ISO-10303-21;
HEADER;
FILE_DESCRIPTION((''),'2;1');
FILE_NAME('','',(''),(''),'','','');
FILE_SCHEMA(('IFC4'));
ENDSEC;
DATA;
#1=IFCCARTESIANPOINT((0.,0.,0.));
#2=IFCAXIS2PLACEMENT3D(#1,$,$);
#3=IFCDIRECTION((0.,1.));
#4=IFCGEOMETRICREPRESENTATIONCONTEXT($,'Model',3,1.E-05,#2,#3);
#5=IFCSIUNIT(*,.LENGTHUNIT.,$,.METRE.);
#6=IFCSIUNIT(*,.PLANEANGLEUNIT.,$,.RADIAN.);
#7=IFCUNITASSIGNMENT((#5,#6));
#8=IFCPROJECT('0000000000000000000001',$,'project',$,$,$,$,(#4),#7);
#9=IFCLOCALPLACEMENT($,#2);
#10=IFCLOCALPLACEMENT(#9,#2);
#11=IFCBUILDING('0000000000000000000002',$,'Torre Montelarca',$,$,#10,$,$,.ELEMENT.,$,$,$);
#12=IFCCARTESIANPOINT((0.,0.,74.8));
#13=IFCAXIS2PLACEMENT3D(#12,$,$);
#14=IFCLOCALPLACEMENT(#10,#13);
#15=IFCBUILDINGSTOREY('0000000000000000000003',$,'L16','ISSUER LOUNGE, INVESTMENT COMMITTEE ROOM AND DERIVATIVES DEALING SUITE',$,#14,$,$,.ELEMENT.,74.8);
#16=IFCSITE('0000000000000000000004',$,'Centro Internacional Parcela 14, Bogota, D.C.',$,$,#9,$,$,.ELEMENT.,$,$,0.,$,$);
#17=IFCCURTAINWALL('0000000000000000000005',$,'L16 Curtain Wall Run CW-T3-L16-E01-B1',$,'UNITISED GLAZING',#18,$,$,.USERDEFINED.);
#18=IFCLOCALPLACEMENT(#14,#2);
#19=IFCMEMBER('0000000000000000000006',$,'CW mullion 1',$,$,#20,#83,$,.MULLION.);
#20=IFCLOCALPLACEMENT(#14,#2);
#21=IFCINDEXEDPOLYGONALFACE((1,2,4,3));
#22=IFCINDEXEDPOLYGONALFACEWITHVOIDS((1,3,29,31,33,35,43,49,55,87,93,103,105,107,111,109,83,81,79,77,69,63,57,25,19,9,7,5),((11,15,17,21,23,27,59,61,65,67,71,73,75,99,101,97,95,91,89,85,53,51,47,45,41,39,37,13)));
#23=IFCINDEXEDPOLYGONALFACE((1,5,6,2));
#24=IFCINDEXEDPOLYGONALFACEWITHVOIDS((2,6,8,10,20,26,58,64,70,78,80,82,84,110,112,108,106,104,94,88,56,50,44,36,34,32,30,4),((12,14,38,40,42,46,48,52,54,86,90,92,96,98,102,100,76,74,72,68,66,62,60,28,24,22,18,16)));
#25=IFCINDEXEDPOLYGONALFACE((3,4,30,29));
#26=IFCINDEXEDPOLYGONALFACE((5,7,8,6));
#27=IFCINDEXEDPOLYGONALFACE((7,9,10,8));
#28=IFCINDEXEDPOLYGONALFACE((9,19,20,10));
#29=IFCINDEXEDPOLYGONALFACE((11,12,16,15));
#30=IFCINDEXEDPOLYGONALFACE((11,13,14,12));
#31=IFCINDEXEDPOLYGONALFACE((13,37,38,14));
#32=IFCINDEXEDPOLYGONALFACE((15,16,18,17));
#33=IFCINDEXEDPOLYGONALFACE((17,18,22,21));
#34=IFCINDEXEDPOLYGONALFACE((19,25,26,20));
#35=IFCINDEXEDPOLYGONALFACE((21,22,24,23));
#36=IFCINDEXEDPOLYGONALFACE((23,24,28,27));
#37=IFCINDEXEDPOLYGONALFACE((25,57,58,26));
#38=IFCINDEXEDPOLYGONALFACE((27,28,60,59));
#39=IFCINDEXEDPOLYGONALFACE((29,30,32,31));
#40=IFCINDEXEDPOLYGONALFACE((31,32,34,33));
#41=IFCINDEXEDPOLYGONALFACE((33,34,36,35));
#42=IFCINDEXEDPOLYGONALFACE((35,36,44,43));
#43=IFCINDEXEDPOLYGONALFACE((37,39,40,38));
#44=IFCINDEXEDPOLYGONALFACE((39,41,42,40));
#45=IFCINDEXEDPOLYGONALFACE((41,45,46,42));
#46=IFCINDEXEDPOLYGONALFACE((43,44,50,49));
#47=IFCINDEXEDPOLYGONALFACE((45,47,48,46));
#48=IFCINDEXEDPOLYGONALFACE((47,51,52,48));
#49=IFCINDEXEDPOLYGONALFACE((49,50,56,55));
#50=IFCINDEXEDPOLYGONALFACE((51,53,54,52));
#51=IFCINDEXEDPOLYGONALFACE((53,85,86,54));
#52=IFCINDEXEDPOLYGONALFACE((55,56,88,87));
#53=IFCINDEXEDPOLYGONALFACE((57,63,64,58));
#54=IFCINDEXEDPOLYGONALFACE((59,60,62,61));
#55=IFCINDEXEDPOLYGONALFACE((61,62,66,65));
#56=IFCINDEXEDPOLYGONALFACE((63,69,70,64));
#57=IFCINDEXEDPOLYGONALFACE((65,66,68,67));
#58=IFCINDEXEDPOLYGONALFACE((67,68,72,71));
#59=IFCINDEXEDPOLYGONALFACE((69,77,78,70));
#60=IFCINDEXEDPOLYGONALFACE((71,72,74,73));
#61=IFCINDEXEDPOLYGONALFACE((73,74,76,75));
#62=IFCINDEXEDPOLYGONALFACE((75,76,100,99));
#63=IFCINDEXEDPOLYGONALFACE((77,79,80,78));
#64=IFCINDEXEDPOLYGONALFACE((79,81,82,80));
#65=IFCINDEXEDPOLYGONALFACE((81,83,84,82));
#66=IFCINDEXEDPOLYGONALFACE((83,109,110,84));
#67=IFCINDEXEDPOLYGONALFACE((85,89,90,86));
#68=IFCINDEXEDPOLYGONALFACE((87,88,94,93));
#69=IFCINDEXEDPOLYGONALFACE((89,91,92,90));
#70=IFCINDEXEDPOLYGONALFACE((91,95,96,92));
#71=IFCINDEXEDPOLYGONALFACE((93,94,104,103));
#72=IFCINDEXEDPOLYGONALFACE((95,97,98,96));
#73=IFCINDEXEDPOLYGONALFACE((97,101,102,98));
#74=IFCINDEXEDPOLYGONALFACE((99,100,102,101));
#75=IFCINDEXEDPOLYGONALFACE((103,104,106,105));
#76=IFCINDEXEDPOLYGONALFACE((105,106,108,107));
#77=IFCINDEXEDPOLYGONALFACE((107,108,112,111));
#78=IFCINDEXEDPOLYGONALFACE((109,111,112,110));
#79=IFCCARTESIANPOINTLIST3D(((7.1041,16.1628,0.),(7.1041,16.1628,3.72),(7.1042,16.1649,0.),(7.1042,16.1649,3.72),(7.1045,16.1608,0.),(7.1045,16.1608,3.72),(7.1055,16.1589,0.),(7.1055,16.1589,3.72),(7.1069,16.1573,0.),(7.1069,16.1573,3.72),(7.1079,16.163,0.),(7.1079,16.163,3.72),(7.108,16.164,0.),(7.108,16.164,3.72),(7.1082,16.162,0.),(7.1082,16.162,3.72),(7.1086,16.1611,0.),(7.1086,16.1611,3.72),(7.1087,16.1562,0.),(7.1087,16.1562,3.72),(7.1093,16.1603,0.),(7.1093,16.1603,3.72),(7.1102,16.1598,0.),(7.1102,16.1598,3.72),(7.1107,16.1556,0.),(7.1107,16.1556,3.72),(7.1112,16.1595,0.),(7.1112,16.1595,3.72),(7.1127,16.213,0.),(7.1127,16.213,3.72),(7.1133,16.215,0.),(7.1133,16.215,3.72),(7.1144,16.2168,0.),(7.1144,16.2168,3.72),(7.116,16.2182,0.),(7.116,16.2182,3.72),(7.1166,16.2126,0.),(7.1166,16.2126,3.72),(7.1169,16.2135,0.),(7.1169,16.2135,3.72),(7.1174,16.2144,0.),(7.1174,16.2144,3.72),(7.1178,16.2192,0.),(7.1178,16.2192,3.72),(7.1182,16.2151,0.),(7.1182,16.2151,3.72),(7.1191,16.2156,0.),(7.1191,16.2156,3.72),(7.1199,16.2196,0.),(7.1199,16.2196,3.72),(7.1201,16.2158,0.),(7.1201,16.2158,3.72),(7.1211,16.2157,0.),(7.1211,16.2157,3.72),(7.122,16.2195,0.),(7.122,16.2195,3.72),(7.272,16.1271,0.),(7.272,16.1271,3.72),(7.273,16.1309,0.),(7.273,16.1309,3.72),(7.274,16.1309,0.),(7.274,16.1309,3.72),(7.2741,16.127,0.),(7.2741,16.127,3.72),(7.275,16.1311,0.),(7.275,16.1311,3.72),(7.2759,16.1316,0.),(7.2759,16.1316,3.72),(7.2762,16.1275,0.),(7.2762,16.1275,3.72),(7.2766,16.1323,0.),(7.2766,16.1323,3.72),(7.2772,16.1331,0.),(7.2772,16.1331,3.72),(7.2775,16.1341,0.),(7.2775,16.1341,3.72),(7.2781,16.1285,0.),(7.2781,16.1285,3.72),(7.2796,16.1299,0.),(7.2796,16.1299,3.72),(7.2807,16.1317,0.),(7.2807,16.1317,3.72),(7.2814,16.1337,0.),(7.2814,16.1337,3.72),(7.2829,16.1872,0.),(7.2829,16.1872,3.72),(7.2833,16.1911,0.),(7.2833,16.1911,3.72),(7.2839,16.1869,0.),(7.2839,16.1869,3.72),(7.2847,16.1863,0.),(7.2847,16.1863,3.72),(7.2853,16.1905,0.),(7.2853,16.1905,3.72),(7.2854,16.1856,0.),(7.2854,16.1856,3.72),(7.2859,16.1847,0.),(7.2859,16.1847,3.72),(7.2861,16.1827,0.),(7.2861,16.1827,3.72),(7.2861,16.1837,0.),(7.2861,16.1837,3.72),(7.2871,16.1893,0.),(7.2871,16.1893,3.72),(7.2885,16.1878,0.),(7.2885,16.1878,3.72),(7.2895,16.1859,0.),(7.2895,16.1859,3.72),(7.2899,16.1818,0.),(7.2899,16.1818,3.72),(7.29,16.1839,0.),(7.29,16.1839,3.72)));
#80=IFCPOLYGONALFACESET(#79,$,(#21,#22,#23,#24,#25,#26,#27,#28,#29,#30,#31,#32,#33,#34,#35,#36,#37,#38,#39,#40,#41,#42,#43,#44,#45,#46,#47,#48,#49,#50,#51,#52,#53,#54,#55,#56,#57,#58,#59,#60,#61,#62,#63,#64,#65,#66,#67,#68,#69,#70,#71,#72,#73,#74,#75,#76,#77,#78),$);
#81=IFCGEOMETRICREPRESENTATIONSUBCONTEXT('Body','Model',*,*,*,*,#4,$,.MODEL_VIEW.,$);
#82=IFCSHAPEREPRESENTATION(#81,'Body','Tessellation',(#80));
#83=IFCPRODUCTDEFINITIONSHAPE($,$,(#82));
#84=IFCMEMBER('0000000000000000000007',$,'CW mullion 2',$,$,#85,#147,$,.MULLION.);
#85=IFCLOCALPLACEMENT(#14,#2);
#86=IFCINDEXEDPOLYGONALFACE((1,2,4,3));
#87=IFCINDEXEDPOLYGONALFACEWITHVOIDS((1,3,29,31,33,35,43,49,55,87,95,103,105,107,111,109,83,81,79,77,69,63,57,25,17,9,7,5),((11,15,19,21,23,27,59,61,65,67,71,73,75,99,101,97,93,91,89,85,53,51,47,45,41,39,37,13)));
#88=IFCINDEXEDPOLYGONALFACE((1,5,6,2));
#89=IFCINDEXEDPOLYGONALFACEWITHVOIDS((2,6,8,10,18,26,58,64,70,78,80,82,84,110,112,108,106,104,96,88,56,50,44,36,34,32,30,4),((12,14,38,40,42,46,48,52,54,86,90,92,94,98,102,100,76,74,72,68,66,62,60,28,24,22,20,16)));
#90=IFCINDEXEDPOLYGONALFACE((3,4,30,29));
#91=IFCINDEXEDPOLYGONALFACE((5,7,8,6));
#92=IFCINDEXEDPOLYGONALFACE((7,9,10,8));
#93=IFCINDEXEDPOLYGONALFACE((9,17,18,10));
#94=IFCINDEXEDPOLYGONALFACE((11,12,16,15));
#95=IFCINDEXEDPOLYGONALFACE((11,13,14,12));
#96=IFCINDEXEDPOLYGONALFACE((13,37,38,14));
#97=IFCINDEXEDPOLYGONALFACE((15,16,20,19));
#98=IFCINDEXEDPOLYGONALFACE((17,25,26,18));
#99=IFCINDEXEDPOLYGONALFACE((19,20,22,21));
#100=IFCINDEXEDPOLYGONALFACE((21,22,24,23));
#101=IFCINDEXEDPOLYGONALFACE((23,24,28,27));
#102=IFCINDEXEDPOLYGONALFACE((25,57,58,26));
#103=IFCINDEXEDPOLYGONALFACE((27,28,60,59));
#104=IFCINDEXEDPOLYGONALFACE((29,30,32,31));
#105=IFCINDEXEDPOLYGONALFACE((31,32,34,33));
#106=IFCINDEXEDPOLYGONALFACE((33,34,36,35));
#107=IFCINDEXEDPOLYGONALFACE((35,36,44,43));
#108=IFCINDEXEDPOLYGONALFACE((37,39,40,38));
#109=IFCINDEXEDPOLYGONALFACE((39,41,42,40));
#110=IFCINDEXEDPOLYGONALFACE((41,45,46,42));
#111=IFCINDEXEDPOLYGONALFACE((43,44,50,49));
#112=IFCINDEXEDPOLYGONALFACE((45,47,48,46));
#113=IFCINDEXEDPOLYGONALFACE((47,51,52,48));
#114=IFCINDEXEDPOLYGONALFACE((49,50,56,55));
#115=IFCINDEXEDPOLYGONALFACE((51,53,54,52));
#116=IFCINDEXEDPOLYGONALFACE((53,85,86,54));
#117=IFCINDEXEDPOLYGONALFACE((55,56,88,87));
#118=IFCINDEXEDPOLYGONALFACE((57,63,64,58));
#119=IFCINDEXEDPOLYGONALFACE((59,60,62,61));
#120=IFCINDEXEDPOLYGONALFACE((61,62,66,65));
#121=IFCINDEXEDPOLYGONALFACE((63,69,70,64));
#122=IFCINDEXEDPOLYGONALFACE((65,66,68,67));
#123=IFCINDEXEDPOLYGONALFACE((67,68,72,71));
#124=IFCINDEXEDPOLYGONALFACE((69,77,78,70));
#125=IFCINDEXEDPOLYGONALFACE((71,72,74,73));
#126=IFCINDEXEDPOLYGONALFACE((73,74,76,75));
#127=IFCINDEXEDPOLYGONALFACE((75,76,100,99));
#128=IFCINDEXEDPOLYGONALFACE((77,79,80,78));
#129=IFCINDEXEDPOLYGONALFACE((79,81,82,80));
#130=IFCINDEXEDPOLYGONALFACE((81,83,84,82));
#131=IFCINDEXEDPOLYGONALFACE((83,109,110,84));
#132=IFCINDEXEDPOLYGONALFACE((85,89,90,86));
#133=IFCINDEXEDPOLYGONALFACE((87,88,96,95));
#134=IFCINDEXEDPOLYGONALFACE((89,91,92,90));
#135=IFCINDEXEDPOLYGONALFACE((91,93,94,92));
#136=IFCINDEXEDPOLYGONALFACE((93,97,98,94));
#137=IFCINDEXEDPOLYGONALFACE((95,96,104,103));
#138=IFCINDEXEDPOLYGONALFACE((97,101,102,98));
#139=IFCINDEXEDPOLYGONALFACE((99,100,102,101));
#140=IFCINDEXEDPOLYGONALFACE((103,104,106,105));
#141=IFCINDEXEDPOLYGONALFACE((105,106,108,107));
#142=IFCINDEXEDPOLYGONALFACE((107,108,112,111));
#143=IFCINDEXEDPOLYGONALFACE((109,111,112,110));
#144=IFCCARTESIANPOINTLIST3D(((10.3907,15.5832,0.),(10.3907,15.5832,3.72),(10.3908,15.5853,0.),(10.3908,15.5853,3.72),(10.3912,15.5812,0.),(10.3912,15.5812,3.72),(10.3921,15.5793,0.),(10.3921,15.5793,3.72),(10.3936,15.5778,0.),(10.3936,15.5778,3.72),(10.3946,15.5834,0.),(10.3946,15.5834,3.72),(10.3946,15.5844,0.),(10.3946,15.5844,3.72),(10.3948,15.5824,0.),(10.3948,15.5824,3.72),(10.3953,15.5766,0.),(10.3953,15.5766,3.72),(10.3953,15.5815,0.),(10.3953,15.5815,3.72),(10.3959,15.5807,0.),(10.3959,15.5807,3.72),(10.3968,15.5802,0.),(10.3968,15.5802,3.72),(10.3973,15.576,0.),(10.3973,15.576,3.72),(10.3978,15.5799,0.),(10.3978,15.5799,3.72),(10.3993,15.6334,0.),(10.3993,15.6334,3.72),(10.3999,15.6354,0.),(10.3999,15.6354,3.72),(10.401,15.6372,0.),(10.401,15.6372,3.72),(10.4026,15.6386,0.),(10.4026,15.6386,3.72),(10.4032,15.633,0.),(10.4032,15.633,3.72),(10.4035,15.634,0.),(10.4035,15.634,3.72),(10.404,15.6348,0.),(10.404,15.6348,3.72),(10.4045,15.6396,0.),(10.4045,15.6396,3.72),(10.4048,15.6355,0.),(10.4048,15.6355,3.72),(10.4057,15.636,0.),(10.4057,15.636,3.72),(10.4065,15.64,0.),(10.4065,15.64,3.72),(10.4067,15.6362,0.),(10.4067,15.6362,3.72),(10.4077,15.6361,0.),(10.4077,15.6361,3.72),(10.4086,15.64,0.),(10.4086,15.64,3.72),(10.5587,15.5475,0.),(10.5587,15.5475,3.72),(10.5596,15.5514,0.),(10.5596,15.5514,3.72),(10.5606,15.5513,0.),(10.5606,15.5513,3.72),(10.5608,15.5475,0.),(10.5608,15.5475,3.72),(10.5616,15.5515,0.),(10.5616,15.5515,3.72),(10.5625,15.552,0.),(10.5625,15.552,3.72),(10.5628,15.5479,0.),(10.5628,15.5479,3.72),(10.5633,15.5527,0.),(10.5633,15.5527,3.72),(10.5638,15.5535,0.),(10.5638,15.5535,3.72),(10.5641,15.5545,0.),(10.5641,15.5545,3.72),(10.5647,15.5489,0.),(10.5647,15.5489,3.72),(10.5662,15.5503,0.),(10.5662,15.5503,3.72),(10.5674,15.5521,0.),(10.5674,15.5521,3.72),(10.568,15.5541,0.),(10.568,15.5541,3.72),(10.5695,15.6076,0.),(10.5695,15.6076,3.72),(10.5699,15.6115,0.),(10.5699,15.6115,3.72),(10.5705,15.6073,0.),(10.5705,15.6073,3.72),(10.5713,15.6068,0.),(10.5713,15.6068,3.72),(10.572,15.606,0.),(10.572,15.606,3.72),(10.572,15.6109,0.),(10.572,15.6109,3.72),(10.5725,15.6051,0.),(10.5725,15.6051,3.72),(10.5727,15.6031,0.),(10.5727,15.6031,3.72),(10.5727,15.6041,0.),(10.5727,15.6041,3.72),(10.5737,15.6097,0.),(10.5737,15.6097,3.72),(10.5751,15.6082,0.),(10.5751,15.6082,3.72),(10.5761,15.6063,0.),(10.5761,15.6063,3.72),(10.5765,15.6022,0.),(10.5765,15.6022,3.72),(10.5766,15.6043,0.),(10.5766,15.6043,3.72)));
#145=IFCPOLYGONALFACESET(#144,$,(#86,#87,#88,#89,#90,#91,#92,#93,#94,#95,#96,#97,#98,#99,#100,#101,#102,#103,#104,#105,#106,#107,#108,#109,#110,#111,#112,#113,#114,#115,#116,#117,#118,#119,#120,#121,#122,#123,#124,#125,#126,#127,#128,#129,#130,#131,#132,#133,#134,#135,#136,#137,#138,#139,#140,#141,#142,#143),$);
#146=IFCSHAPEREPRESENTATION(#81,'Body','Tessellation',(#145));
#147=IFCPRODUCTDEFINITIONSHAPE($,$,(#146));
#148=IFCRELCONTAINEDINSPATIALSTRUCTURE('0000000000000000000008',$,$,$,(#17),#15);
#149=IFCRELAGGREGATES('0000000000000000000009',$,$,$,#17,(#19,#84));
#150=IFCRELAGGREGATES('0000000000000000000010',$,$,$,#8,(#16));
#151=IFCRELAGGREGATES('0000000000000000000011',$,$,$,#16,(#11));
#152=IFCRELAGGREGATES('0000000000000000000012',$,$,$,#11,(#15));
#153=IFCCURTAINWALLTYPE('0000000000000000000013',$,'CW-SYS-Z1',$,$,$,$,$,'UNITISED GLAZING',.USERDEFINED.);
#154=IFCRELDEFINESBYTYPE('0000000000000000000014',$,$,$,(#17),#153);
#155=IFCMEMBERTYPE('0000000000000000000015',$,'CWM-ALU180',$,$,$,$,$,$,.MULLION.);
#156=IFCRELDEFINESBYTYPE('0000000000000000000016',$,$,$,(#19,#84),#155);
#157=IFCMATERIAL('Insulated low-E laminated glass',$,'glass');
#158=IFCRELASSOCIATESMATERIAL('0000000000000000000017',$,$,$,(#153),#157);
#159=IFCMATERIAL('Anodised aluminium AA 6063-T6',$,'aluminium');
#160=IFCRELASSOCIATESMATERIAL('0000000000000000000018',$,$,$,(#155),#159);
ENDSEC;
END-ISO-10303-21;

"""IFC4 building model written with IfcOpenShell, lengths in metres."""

from ifc_helpers import new_model, si_unit, direction, frame, origin, origin_2d, place, context, subcontext, project, spatial, hollow_rectangle, extrude, source, transform, mapped, material, material_profile, profile_set, type_object, element, aggregate, save


model = new_model("IFC4")

# Units and contexts
model_context = context("Model", 3, precision=1e-05, world=origin(), true_north=direction((0.0, 1.0)))
body_context = subcontext(model_context, "Body", "Model", "MODEL_VIEW")
ifc_project = project(units=[si_unit("LENGTHUNIT", "METRE"), si_unit("PLANEANGLEUNIT", "RADIAN")], contexts=[model_context])

# Site, building, storey
site_placement = place(None, origin())
site = spatial("IfcSite", under=ifc_project, at=site_placement, Name="Centro Internacional Parcela 14, Bogota, D.C.", CompositionType="ELEMENT", RefElevation=0.0)
building_placement = place(site_placement, origin())
building = spatial("IfcBuilding", under=site, at=building_placement, Name="Torre Montelarca", CompositionType="ELEMENT")
storey_placement = place(building_placement, frame((0.0, 0.0, 74.8)))
storey = spatial("IfcBuildingStorey", under=building, at=storey_placement, Name="L16", Description="ISSUER LOUNGE, INVESTMENT COMMITTEE ROOM AND DERIVATIVES DEALING SUITE", CompositionType="ELEMENT", Elevation=74.8)

# Curtain wall
ifc_material_1 = material(Name="Insulated low-E laminated glass", Category="glass")
curtain_wall_type = type_object("IfcCurtainWallType", Name="CW-SYS-Z1", ElementType="UNITISED GLAZING", PredefinedType="USERDEFINED", material=ifc_material_1)
curtain_wall_1_placement = place(storey_placement, origin())
curtain_wall_1 = element("IfcCurtainWall", 1, at=curtain_wall_1_placement, inside=storey, type_object=curtain_wall_type, Name="L16 Curtain Wall Run CW-T3-L16-E01-B1", ObjectType="UNITISED GLAZING", PredefinedType="USERDEFINED")
ifc_material_2 = material(Name="Anodised aluminium AA 6063-T6", Category="aluminium")

# Members
ifc_material_profile_1 = material_profile(ifc_material_2, hollow_rectangle(XDim=0.0649, YDim=0.1799, WallThickness=0.0039, InnerFilletRadius=0.0039, OuterFilletRadius=0.0081, at=origin_2d()), Name="ALU65X180X4", Category="aluminium")
ifc_profile_set_1 = profile_set([ifc_material_profile_1], Name="Anodised aluminium AA 6063-T6")
member_type_1 = type_object("IfcMemberType", Name="CWM-ALU180", PredefinedType="MULLION", material=ifc_profile_set_1)
shared_shape_1 = source(origin(), body_context, "Body", "SweptSolid", [
    extrude(hollow_rectangle(XDim=0.0649, YDim=0.1799, WallThickness=0.0039, InnerFilletRadius=0.0039, OuterFilletRadius=0.0081, at=origin_2d()), origin(), (0.0, 0.0, 1.0), 3.72),
])
member_1_placement = place(storey_placement, frame((7.197, 16.1733, 0.0), z_axis=(0.0, 0.0, 1.0), x_axis=(0.173652, 0.984807, 0.0)))
member_1 = element("IfcMember", 2, at=member_1_placement, type_object=member_type_1, Name="CW mullion 1", PredefinedType="MULLION", context=body_context, shape_type="MappedRepresentation", body=[
    mapped(shared_shape_1, transform((0.0, 0.0, 0.0), scale=1.0)),
])
member_2_placement = place(storey_placement, frame((10.4836, 15.5938, 0.0), z_axis=(0.0, 0.0, 1.0), x_axis=(0.173652, 0.984807, 0.0)))
member_2 = element("IfcMember", 3, at=member_2_placement, type_object=member_type_1, Name="CW mullion 2", PredefinedType="MULLION", context=body_context, shape_type="MappedRepresentation", body=[
    mapped(shared_shape_1, transform((0.0, 0.0, 0.0), scale=1.0)),
])

aggregate(curtain_wall_1, [member_1, member_2])

save(model, "model.ifc")
